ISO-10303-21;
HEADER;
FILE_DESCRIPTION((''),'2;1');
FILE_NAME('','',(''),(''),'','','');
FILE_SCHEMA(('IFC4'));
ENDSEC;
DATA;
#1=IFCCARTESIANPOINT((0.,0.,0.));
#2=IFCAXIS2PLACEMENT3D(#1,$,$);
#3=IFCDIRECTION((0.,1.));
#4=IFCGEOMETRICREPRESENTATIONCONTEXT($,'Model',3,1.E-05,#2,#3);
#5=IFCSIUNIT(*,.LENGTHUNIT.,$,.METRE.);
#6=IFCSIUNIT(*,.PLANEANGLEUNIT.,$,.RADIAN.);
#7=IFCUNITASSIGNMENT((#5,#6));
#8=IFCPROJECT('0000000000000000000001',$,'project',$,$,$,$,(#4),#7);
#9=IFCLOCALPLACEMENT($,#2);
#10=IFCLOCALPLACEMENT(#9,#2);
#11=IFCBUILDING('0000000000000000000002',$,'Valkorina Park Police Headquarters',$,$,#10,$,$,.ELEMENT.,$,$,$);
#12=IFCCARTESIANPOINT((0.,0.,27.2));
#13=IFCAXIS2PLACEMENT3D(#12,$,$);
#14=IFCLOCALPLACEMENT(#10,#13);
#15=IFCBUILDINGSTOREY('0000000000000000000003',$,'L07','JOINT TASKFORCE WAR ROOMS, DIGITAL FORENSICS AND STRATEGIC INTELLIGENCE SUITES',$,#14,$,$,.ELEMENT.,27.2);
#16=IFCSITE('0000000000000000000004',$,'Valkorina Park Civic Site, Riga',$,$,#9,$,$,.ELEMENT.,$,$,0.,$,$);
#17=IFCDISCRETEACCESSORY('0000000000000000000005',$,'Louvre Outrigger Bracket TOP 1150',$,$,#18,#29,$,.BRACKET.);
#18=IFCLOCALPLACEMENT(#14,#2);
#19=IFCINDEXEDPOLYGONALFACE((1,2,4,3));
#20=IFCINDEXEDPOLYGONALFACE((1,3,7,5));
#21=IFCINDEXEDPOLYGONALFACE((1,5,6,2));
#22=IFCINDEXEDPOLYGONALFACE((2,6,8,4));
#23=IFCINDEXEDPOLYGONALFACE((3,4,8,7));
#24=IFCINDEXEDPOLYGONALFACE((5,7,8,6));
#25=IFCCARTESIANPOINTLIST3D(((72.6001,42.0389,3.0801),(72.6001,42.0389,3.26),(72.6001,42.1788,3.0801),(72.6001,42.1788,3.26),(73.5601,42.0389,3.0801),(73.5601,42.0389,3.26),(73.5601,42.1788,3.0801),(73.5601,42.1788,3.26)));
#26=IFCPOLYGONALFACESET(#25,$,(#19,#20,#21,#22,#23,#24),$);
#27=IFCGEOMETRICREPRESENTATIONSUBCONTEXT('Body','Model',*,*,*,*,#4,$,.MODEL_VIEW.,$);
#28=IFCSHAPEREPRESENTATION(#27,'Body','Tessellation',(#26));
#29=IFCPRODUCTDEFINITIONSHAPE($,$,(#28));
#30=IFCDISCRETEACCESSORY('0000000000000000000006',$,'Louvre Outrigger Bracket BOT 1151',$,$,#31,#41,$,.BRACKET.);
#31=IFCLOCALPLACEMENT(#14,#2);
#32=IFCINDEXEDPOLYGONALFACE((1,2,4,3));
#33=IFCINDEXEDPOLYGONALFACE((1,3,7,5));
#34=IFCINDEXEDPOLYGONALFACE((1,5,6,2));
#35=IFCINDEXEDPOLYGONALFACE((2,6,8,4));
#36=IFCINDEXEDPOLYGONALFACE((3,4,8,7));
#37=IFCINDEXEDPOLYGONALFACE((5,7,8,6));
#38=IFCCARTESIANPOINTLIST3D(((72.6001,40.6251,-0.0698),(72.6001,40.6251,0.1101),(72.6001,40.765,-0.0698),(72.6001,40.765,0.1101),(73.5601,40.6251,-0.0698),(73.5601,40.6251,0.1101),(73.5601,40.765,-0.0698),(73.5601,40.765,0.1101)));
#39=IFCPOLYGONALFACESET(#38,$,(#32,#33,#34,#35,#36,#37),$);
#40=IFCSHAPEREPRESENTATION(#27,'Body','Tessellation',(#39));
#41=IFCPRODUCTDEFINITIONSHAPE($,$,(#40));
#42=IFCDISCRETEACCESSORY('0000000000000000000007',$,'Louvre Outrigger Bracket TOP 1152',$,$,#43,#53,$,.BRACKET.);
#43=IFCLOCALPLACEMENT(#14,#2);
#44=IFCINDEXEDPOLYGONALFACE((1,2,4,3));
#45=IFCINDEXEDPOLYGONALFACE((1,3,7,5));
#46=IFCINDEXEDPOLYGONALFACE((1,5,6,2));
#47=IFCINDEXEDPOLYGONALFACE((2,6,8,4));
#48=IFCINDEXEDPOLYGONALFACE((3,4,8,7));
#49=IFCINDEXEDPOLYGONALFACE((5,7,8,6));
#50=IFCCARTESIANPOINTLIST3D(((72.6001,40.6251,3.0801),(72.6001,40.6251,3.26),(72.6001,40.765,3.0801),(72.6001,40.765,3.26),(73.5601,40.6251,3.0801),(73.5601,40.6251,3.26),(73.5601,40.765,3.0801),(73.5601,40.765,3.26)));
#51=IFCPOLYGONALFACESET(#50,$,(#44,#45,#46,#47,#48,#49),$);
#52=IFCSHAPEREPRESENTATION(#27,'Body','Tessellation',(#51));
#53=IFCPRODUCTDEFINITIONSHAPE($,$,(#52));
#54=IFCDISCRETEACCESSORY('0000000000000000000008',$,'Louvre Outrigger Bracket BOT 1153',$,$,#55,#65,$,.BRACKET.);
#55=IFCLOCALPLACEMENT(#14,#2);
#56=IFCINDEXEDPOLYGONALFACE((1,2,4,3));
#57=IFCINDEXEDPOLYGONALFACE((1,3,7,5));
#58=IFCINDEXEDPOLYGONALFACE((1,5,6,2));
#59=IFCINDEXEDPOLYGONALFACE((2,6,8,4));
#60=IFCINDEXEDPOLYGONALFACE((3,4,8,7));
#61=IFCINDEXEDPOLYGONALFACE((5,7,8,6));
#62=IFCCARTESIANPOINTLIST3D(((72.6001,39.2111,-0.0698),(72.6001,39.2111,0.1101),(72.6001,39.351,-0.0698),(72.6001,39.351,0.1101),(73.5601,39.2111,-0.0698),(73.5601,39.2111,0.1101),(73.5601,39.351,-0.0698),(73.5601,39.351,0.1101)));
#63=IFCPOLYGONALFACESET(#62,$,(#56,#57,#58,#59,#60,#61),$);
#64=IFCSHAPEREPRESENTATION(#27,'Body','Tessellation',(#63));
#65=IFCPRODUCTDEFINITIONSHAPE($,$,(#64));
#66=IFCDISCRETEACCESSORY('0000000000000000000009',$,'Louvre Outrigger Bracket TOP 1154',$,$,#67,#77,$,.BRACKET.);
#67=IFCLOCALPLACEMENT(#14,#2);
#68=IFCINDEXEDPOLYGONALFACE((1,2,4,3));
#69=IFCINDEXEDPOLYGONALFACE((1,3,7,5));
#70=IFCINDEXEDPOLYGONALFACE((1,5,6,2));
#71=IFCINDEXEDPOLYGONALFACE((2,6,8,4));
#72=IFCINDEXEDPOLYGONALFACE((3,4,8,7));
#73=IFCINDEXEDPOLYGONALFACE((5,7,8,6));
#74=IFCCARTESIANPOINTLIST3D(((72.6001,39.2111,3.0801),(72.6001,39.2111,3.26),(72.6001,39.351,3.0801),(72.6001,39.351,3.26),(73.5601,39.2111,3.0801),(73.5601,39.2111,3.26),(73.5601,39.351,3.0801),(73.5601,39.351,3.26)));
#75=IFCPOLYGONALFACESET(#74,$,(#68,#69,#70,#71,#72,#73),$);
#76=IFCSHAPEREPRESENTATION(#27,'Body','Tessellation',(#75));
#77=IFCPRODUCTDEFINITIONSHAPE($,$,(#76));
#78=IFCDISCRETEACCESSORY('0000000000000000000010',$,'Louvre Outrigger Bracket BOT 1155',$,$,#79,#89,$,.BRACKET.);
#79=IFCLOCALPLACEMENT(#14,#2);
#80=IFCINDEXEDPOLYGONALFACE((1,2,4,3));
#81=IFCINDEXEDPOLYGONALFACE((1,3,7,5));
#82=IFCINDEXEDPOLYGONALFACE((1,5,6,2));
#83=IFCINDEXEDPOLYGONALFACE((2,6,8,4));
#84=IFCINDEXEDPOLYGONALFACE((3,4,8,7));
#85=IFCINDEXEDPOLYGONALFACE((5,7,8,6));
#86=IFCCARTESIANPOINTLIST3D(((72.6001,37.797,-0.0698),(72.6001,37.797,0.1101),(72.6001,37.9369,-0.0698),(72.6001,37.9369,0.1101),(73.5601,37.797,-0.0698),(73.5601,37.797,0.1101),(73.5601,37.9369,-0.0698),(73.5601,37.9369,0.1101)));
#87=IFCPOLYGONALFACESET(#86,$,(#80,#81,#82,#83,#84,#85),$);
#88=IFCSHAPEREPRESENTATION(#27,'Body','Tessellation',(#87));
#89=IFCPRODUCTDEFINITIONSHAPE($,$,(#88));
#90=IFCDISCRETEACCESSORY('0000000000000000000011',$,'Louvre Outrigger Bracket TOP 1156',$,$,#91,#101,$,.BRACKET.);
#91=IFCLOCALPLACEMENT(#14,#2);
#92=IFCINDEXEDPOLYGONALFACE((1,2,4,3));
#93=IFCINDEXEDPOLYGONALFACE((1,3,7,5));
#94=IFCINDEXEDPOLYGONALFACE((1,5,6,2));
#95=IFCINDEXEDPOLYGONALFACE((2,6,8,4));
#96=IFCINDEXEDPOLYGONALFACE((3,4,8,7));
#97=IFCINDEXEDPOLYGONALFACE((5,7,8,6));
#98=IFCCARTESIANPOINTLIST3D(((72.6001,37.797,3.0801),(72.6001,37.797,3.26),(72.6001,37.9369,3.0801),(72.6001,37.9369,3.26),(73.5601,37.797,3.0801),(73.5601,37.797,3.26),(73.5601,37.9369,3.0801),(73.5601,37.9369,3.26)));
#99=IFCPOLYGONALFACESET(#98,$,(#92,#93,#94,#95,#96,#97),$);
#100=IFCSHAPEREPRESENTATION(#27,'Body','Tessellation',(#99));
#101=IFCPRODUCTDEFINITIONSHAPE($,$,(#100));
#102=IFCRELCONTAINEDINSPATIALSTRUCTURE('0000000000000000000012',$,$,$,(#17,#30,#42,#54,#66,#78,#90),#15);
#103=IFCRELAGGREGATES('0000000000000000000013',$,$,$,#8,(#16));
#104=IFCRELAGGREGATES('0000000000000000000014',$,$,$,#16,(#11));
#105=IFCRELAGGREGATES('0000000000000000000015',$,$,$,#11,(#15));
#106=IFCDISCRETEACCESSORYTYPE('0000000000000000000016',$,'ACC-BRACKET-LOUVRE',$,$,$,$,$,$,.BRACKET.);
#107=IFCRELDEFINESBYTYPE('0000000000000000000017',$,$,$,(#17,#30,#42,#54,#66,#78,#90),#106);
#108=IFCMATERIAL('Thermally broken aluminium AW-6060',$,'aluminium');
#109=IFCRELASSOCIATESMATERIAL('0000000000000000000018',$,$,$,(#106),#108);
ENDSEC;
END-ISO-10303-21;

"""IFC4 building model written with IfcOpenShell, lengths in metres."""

from ifc_helpers import new_model, si_unit, direction, frame, origin, origin_2d, place, context, subcontext, project, spatial, rectangle, extrude, material, type_object, element, save


model = new_model("IFC4")

# Units and contexts
model_context = context("Model", 3, precision=1e-05, world=origin(), true_north=direction((0.0, 1.0)))
body_context = subcontext(model_context, "Body", "Model", "MODEL_VIEW")
ifc_project = project(units=[si_unit("LENGTHUNIT", "METRE"), si_unit("PLANEANGLEUNIT", "RADIAN")], contexts=[model_context])

# Site, building, storey
site_placement = place(None, origin())
site = spatial("IfcSite", under=ifc_project, at=site_placement, Name="Valkorina Park Civic Site, Riga", CompositionType="ELEMENT", RefElevation=0.0)
building_placement = place(site_placement, origin())
building = spatial("IfcBuilding", under=site, at=building_placement, Name="Valkorina Park Police Headquarters", CompositionType="ELEMENT")
storey_placement = place(building_placement, frame((0.0, 0.0, 27.2)))
storey = spatial("IfcBuildingStorey", under=building, at=storey_placement, Name="L07", Description="JOINT TASKFORCE WAR ROOMS, DIGITAL FORENSICS AND STRATEGIC INTELLIGENCE SUITES", CompositionType="ELEMENT", Elevation=27.2)

# Discrete accessories
ifc_material_1 = material(Name="Thermally broken aluminium AW-6060", Category="aluminium")
discrete_accessory_type = type_object("IfcDiscreteAccessoryType", Name="ACC-BRACKET-LOUVRE", PredefinedType="BRACKET", material=ifc_material_1)
for number, where, z_axis, x_axis, name in (
    (1, (73.0801, 42.1089, 3.0801), (0.0, 0.0, 1.0), (1.0, 0.0, 0.0), "Louvre Outrigger Bracket TOP 1150"),
    (2, (73.0801, 40.6951, -0.0698), (0.0, 0.0, 1.0), (1.0, 0.0, 0.0), "Louvre Outrigger Bracket BOT 1151"),
    (3, (73.0801, 40.6951, 3.0801), (0.0, 0.0, 1.0), (1.0, 0.0, 0.0), "Louvre Outrigger Bracket TOP 1152"),
    (4, (73.0801, 39.281, -0.0698), (0.0, 0.0, 1.0), (1.0, 0.0, 0.0), "Louvre Outrigger Bracket BOT 1153"),
    (5, (73.0801, 39.281, 3.0801), (0.0, 0.0, 1.0), (1.0, 0.0, 0.0), "Louvre Outrigger Bracket TOP 1154"),
    (6, (73.0801, 37.8669, -0.0698), (0.0, 0.0, 1.0), (1.0, 0.0, 0.0), "Louvre Outrigger Bracket BOT 1155"),
    (7, (73.0801, 37.8669, 3.0801), (0.0, 0.0, 1.0), (1.0, 0.0, 0.0), "Louvre Outrigger Bracket TOP 1156"),
):
    element("IfcDiscreteAccessory", number, at=place(storey_placement, frame(where, z_axis=z_axis, x_axis=x_axis)), inside=storey, type_object=discrete_accessory_type, Name=name, PredefinedType="BRACKET", context=body_context, shape_type="SweptSolid", body=[
        extrude(rectangle(XDim=0.96, YDim=0.1399, at=origin_2d()), origin(), (0.0, 0.0, 1.0), 0.1799),
    ])

save(model, "model.ifc")
